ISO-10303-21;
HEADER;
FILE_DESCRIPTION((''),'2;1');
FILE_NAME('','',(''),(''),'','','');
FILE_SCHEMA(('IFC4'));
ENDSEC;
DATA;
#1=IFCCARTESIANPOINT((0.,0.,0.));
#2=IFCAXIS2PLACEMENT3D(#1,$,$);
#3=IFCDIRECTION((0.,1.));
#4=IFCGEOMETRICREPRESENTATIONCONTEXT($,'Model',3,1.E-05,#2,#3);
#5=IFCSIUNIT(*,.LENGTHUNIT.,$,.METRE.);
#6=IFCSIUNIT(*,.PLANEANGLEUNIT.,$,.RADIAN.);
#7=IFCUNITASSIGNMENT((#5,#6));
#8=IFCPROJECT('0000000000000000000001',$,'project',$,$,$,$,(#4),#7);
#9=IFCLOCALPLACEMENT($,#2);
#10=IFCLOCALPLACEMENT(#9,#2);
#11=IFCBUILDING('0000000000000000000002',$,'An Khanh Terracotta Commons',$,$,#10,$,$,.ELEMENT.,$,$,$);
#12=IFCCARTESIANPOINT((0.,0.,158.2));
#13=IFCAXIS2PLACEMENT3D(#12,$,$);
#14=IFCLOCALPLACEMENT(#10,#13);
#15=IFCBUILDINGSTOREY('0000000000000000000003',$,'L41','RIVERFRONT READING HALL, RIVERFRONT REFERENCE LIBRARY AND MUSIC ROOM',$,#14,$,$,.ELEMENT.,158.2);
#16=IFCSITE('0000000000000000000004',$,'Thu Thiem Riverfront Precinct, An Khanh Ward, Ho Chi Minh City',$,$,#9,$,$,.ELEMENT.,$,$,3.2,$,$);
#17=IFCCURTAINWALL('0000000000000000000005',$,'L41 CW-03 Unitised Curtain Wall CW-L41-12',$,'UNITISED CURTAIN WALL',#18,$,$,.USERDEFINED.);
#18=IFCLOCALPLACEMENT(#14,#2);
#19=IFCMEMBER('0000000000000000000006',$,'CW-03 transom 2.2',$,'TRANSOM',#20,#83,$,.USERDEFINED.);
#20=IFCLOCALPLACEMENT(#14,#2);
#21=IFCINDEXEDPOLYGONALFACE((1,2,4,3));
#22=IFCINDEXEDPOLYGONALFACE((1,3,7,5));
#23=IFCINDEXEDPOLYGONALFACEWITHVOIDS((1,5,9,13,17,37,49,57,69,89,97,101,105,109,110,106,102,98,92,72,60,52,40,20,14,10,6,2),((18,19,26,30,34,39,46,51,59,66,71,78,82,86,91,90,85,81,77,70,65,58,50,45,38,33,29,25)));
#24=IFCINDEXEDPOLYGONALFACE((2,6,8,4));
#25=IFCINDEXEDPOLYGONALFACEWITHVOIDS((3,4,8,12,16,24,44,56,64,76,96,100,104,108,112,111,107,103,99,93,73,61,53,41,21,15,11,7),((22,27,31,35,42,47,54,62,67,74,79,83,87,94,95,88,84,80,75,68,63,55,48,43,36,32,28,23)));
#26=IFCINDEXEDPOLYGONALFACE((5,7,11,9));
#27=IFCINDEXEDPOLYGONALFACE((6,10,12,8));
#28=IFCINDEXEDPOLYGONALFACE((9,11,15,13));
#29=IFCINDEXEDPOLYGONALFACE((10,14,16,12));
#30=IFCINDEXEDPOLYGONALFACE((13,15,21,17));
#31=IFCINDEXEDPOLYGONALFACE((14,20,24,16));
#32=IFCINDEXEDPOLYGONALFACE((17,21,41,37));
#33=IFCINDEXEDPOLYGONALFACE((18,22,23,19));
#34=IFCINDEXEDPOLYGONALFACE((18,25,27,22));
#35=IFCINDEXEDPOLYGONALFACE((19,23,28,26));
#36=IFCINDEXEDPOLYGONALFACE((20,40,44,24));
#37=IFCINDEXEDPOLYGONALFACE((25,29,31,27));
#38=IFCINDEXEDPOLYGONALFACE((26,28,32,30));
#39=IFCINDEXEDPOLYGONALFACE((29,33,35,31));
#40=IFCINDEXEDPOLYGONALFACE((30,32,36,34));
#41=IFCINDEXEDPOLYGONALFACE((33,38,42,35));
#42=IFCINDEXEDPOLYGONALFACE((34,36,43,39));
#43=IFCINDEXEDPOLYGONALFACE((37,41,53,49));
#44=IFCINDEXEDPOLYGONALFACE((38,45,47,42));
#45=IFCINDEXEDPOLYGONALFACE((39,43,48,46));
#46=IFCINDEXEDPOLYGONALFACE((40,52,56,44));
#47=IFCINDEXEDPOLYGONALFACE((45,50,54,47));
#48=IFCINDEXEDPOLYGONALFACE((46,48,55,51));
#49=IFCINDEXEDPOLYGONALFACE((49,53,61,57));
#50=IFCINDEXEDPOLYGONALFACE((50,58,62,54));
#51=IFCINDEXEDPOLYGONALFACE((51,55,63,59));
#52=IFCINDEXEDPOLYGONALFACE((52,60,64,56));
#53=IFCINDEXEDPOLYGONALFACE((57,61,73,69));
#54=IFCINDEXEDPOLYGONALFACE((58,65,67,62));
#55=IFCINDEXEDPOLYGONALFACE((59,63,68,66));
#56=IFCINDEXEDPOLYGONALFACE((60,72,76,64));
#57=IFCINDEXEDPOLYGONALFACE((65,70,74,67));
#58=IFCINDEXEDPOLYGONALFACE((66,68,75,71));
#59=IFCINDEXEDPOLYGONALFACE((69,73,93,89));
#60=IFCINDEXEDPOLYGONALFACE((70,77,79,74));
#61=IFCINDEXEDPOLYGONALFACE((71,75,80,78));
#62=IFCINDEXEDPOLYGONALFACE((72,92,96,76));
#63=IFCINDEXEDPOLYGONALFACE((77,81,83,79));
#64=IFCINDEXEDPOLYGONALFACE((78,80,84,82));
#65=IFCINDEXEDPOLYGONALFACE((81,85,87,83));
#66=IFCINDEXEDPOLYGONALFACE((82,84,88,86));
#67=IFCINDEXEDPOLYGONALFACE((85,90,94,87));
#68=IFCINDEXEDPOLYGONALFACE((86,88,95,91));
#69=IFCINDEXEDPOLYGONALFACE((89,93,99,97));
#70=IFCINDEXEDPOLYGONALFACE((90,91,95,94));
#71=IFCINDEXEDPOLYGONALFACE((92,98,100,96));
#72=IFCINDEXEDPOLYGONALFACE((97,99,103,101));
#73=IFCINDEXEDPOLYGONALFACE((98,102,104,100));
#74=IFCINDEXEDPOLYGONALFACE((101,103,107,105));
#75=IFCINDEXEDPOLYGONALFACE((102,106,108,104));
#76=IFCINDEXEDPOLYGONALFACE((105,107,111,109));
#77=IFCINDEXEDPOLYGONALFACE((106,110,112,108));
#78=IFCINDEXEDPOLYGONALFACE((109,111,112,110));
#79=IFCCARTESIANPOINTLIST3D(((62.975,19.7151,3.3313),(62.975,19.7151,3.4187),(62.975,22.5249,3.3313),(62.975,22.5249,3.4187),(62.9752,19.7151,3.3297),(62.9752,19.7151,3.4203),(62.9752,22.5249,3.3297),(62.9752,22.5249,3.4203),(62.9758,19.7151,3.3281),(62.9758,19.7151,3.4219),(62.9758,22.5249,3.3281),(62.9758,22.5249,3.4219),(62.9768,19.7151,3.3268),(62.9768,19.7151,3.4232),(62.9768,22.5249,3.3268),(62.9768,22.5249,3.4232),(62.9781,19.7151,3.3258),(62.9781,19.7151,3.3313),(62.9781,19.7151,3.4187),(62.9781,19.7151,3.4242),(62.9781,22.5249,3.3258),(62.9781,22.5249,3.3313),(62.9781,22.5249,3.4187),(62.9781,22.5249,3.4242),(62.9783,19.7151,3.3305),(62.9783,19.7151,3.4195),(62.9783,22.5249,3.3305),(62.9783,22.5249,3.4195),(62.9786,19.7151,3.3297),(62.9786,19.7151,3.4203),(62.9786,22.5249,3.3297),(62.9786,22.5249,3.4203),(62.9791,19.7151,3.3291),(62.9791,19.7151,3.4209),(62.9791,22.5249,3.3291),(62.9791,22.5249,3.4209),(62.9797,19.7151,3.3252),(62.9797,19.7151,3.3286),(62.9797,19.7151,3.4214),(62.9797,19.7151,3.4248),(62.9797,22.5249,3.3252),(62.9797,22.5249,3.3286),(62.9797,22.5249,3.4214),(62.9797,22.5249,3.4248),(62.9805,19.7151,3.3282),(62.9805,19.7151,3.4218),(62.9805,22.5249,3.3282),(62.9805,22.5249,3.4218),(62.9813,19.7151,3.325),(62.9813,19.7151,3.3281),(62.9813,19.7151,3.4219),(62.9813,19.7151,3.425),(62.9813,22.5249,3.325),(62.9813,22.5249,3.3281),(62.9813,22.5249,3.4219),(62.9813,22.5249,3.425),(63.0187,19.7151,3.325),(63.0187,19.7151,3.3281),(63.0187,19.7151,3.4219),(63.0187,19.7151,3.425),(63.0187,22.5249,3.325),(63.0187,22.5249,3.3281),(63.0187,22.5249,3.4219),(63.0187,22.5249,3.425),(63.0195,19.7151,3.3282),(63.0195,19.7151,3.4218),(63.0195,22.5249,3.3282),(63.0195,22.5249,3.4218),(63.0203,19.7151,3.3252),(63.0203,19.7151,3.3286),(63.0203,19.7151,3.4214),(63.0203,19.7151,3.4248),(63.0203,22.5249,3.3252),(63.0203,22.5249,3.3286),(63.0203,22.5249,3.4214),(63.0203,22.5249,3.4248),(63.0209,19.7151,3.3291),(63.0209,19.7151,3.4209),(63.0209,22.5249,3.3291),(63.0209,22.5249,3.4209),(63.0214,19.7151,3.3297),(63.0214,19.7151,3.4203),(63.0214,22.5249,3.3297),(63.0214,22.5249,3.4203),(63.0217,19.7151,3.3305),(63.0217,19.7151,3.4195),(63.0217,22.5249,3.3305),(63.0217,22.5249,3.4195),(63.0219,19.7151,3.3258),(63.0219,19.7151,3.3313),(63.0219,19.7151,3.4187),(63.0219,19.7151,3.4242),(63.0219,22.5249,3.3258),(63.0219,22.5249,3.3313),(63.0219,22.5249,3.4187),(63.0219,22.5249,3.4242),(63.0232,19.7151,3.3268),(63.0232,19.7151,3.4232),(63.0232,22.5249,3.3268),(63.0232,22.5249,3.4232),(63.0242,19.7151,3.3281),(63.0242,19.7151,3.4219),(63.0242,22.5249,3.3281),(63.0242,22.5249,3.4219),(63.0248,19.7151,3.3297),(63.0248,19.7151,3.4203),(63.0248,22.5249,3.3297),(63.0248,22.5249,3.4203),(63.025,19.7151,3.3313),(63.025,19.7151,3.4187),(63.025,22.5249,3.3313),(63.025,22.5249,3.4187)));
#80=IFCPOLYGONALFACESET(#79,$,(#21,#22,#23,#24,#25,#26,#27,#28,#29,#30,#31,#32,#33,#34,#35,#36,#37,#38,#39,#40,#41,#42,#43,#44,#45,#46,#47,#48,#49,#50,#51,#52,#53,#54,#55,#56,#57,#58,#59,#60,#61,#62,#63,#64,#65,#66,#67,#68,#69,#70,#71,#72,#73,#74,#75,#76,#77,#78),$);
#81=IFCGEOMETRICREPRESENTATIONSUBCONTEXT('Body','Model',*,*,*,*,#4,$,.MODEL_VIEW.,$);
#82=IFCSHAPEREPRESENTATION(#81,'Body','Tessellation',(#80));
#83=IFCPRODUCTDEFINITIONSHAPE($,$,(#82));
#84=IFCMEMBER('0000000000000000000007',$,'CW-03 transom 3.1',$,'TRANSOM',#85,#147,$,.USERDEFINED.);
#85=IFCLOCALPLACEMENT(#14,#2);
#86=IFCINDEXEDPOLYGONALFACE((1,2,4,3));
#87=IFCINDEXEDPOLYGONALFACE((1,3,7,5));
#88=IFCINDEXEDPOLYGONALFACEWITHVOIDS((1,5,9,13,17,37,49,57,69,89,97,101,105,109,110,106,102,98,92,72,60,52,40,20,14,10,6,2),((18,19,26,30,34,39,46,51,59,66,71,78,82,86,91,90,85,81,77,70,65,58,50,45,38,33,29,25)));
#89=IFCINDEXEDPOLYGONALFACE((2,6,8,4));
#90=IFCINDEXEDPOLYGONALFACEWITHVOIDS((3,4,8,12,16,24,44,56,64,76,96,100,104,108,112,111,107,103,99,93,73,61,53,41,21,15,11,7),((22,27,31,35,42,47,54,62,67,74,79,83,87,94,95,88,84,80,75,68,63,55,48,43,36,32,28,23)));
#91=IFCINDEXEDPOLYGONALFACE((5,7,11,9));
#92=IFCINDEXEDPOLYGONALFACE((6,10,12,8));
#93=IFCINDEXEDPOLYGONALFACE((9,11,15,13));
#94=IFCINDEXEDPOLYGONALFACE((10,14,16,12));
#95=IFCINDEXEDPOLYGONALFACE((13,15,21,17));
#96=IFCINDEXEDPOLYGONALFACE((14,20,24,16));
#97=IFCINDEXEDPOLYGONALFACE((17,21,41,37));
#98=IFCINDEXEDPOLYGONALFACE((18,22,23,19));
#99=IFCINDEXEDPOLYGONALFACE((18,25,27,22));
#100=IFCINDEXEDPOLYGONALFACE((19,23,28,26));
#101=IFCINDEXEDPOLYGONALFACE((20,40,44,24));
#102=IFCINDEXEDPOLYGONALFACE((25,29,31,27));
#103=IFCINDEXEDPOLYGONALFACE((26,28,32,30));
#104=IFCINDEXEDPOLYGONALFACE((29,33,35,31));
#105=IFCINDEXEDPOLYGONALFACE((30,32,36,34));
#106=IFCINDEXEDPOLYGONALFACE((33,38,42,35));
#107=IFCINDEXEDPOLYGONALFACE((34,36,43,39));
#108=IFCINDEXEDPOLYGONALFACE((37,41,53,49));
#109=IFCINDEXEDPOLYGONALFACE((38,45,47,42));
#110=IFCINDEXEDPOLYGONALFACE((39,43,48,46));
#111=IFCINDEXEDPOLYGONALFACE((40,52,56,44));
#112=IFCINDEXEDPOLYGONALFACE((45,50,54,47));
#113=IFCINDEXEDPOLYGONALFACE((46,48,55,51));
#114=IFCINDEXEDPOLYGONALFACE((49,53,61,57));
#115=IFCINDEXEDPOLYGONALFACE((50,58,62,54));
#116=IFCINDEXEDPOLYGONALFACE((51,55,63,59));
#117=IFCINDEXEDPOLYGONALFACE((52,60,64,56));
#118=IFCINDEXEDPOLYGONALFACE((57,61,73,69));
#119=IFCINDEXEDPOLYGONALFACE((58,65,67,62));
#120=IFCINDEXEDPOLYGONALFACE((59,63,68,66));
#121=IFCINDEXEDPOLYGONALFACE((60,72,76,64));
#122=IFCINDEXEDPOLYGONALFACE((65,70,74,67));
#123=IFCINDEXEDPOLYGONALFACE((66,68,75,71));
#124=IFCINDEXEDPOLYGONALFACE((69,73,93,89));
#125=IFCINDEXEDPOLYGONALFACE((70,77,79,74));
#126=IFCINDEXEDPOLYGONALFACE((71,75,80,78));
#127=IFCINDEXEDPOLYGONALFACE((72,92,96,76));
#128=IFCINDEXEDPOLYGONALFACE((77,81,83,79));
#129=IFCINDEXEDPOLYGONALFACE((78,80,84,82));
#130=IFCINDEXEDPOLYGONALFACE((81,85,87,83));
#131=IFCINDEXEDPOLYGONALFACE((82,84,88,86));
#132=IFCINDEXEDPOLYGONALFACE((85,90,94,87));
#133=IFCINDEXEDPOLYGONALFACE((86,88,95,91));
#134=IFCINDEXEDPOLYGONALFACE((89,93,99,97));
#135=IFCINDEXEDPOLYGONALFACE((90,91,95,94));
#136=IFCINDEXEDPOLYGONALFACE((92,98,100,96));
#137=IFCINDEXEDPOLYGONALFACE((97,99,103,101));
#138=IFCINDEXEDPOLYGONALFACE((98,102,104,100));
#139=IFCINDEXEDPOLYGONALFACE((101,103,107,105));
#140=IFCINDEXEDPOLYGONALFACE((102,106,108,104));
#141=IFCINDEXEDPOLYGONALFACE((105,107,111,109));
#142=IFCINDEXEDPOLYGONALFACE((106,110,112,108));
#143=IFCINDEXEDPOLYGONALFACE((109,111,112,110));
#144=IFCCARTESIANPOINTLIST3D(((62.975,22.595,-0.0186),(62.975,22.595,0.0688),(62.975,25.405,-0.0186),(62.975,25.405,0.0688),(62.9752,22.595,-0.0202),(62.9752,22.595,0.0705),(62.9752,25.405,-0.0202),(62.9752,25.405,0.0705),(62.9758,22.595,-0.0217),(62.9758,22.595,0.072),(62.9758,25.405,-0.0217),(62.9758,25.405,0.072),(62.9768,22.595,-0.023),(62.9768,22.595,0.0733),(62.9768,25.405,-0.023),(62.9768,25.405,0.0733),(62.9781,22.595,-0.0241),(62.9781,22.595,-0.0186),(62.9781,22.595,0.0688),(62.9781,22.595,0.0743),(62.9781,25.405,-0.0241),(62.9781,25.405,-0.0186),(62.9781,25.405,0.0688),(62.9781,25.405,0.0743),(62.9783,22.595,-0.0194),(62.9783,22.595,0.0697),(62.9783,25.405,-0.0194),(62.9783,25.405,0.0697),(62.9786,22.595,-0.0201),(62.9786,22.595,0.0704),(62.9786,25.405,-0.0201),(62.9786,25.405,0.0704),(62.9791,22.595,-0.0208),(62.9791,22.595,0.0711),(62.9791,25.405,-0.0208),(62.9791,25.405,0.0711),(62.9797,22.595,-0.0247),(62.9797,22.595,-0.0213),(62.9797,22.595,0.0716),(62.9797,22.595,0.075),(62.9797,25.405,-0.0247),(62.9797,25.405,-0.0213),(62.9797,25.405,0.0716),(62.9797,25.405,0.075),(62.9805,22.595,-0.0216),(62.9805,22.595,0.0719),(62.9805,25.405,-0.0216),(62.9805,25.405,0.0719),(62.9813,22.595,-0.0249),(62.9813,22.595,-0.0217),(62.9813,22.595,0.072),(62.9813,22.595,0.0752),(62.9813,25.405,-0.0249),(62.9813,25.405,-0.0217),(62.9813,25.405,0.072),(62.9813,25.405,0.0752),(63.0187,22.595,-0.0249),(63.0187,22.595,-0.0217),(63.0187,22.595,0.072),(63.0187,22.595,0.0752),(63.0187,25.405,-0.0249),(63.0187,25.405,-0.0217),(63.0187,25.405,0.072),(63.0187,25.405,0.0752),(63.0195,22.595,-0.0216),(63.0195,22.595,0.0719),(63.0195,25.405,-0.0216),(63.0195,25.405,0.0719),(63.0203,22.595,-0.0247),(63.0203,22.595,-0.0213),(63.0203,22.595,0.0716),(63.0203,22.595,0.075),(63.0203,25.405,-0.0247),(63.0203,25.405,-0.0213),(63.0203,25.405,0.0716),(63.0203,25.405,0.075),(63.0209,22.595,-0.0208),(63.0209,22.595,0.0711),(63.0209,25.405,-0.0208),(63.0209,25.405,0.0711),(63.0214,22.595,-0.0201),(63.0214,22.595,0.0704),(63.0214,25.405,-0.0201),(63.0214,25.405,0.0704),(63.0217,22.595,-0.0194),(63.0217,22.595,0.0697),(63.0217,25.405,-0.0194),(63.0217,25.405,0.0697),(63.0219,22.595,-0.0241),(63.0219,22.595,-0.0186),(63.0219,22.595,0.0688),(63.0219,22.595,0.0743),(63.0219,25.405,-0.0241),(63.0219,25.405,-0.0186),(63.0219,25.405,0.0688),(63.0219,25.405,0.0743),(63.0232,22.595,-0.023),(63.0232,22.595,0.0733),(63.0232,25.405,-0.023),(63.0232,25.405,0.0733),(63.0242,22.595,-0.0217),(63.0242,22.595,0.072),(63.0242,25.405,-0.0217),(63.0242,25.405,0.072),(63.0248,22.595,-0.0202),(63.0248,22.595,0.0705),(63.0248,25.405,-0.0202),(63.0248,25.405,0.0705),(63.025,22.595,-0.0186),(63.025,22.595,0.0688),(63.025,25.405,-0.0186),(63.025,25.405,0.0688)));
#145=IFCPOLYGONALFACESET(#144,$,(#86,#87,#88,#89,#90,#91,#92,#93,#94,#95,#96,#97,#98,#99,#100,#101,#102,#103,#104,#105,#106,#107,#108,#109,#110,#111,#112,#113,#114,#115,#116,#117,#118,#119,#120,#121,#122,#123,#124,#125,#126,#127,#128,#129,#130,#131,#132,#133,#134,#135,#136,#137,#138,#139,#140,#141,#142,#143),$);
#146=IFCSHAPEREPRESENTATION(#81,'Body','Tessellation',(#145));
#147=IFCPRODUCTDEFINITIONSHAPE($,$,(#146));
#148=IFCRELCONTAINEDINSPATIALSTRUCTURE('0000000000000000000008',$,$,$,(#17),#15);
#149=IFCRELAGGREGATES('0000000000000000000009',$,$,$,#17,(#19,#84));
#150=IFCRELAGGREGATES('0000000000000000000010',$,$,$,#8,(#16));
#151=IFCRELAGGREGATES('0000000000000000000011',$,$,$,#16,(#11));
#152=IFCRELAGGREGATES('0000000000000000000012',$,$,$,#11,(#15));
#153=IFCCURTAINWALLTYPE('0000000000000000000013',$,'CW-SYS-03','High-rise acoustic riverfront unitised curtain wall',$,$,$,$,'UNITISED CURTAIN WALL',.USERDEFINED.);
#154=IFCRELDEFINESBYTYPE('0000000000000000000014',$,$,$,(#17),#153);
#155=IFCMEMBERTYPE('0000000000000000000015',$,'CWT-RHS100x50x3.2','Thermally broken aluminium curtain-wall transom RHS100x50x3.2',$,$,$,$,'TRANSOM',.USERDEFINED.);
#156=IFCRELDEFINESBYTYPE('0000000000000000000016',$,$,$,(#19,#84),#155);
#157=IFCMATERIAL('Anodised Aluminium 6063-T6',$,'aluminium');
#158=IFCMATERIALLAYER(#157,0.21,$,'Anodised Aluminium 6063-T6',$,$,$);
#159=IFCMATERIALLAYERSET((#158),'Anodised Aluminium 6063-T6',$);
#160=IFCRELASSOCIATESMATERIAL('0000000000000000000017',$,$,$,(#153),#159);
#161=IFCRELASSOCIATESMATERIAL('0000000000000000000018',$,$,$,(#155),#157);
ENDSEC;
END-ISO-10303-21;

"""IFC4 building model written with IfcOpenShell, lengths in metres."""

from ifc_helpers import new_model, si_unit, direction, frame, origin, origin_2d, place, context, subcontext, project, spatial, hollow_rectangle, extrude, material, layer, layer_set, material_profile, profile_set, type_object, element, aggregate, save


model = new_model("IFC4")

# Units and contexts
model_context = context("Model", 3, precision=1e-05, world=origin(), true_north=direction((0.0, 1.0)))
body_context = subcontext(model_context, "Body", "Model", "MODEL_VIEW")
ifc_project = project(units=[si_unit("LENGTHUNIT", "METRE"), si_unit("PLANEANGLEUNIT", "RADIAN")], contexts=[model_context])

# Site, building, storey
site_placement = place(None, origin())
site = spatial("IfcSite", under=ifc_project, at=site_placement, Name="Thu Thiem Riverfront Precinct, An Khanh Ward, Ho Chi Minh City", CompositionType="ELEMENT", RefElevation=3.2)
building_placement = place(site_placement, origin())
building = spatial("IfcBuilding", under=site, at=building_placement, Name="An Khanh Terracotta Commons", CompositionType="ELEMENT")
storey_placement = place(building_placement, frame((0.0, 0.0, 158.2)))
storey = spatial("IfcBuildingStorey", under=building, at=storey_placement, Name="L41", Description="RIVERFRONT READING HALL, RIVERFRONT REFERENCE LIBRARY AND MUSIC ROOM", CompositionType="ELEMENT", Elevation=158.2)

# Curtain wall
ifc_material_1 = material(Name="Anodised Aluminium 6063-T6", Category="aluminium")
ifc_layer_1 = layer(ifc_material_1, 0.21, Name="Anodised Aluminium 6063-T6")
ifc_layer_set_1 = layer_set([ifc_layer_1], Name="Anodised Aluminium 6063-T6")
curtain_wall_type = type_object("IfcCurtainWallType", Name="CW-SYS-03", Description="High-rise acoustic riverfront unitised curtain wall", ElementType="UNITISED CURTAIN WALL", PredefinedType="USERDEFINED", material=ifc_layer_set_1)
curtain_wall_1_placement = place(storey_placement, origin())
curtain_wall_1 = element("IfcCurtainWall", 1, at=curtain_wall_1_placement, inside=storey, type_object=curtain_wall_type, Name="L41 CW-03 Unitised Curtain Wall CW-L41-12", ObjectType="UNITISED CURTAIN WALL", PredefinedType="USERDEFINED")

# Members
ifc_material_profile_1 = material_profile(ifc_material_1, hollow_rectangle(XDim=0.05, YDim=0.1001, WallThickness=0.0032, InnerFilletRadius=0.0032, OuterFilletRadius=0.0063, at=origin_2d()), Name="RHS100x50x3.2")
ifc_profile_set_1 = profile_set([ifc_material_profile_1], Name="Anodised Aluminium 6063-T6")
member_type_1 = type_object("IfcMemberType", Name="CWT-RHS100x50x3.2", Description="Thermally broken aluminium curtain-wall transom RHS100x50x3.2", ElementType="TRANSOM", PredefinedType="USERDEFINED", material=ifc_profile_set_1)
member_1_placement = place(storey_placement, frame((63.0, 19.7151, 3.375), z_axis=(0.0, 1.0, 0.0), x_axis=(-1.0, 0.0, 0.0)))
member_1 = element("IfcMember", 2, at=member_1_placement, type_object=member_type_1, Name="CW-03 transom 2.2", ObjectType="TRANSOM", PredefinedType="USERDEFINED", context=body_context, shape_type="SweptSolid", body=[
    extrude(hollow_rectangle(XDim=0.05, YDim=0.1001, WallThickness=0.0032, InnerFilletRadius=0.0032, OuterFilletRadius=0.0063, at=origin_2d()), origin(), (0.0, 0.0, 1.0), 2.8098),
])
member_2_placement = place(storey_placement, frame((63.0, 22.595, 0.0251), z_axis=(0.0, 1.0, 0.0), x_axis=(-1.0, 0.0, 0.0)))
member_2 = element("IfcMember", 3, at=member_2_placement, type_object=member_type_1, Name="CW-03 transom 3.1", ObjectType="TRANSOM", PredefinedType="USERDEFINED", context=body_context, shape_type="SweptSolid", body=[
    extrude(hollow_rectangle(XDim=0.05, YDim=0.1001, WallThickness=0.0032, InnerFilletRadius=0.0032, OuterFilletRadius=0.0063, at=origin_2d()), origin(), (0.0, 0.0, 1.0), 2.8101),
])

aggregate(curtain_wall_1, [member_1, member_2])

save(model, "model.ifc")
